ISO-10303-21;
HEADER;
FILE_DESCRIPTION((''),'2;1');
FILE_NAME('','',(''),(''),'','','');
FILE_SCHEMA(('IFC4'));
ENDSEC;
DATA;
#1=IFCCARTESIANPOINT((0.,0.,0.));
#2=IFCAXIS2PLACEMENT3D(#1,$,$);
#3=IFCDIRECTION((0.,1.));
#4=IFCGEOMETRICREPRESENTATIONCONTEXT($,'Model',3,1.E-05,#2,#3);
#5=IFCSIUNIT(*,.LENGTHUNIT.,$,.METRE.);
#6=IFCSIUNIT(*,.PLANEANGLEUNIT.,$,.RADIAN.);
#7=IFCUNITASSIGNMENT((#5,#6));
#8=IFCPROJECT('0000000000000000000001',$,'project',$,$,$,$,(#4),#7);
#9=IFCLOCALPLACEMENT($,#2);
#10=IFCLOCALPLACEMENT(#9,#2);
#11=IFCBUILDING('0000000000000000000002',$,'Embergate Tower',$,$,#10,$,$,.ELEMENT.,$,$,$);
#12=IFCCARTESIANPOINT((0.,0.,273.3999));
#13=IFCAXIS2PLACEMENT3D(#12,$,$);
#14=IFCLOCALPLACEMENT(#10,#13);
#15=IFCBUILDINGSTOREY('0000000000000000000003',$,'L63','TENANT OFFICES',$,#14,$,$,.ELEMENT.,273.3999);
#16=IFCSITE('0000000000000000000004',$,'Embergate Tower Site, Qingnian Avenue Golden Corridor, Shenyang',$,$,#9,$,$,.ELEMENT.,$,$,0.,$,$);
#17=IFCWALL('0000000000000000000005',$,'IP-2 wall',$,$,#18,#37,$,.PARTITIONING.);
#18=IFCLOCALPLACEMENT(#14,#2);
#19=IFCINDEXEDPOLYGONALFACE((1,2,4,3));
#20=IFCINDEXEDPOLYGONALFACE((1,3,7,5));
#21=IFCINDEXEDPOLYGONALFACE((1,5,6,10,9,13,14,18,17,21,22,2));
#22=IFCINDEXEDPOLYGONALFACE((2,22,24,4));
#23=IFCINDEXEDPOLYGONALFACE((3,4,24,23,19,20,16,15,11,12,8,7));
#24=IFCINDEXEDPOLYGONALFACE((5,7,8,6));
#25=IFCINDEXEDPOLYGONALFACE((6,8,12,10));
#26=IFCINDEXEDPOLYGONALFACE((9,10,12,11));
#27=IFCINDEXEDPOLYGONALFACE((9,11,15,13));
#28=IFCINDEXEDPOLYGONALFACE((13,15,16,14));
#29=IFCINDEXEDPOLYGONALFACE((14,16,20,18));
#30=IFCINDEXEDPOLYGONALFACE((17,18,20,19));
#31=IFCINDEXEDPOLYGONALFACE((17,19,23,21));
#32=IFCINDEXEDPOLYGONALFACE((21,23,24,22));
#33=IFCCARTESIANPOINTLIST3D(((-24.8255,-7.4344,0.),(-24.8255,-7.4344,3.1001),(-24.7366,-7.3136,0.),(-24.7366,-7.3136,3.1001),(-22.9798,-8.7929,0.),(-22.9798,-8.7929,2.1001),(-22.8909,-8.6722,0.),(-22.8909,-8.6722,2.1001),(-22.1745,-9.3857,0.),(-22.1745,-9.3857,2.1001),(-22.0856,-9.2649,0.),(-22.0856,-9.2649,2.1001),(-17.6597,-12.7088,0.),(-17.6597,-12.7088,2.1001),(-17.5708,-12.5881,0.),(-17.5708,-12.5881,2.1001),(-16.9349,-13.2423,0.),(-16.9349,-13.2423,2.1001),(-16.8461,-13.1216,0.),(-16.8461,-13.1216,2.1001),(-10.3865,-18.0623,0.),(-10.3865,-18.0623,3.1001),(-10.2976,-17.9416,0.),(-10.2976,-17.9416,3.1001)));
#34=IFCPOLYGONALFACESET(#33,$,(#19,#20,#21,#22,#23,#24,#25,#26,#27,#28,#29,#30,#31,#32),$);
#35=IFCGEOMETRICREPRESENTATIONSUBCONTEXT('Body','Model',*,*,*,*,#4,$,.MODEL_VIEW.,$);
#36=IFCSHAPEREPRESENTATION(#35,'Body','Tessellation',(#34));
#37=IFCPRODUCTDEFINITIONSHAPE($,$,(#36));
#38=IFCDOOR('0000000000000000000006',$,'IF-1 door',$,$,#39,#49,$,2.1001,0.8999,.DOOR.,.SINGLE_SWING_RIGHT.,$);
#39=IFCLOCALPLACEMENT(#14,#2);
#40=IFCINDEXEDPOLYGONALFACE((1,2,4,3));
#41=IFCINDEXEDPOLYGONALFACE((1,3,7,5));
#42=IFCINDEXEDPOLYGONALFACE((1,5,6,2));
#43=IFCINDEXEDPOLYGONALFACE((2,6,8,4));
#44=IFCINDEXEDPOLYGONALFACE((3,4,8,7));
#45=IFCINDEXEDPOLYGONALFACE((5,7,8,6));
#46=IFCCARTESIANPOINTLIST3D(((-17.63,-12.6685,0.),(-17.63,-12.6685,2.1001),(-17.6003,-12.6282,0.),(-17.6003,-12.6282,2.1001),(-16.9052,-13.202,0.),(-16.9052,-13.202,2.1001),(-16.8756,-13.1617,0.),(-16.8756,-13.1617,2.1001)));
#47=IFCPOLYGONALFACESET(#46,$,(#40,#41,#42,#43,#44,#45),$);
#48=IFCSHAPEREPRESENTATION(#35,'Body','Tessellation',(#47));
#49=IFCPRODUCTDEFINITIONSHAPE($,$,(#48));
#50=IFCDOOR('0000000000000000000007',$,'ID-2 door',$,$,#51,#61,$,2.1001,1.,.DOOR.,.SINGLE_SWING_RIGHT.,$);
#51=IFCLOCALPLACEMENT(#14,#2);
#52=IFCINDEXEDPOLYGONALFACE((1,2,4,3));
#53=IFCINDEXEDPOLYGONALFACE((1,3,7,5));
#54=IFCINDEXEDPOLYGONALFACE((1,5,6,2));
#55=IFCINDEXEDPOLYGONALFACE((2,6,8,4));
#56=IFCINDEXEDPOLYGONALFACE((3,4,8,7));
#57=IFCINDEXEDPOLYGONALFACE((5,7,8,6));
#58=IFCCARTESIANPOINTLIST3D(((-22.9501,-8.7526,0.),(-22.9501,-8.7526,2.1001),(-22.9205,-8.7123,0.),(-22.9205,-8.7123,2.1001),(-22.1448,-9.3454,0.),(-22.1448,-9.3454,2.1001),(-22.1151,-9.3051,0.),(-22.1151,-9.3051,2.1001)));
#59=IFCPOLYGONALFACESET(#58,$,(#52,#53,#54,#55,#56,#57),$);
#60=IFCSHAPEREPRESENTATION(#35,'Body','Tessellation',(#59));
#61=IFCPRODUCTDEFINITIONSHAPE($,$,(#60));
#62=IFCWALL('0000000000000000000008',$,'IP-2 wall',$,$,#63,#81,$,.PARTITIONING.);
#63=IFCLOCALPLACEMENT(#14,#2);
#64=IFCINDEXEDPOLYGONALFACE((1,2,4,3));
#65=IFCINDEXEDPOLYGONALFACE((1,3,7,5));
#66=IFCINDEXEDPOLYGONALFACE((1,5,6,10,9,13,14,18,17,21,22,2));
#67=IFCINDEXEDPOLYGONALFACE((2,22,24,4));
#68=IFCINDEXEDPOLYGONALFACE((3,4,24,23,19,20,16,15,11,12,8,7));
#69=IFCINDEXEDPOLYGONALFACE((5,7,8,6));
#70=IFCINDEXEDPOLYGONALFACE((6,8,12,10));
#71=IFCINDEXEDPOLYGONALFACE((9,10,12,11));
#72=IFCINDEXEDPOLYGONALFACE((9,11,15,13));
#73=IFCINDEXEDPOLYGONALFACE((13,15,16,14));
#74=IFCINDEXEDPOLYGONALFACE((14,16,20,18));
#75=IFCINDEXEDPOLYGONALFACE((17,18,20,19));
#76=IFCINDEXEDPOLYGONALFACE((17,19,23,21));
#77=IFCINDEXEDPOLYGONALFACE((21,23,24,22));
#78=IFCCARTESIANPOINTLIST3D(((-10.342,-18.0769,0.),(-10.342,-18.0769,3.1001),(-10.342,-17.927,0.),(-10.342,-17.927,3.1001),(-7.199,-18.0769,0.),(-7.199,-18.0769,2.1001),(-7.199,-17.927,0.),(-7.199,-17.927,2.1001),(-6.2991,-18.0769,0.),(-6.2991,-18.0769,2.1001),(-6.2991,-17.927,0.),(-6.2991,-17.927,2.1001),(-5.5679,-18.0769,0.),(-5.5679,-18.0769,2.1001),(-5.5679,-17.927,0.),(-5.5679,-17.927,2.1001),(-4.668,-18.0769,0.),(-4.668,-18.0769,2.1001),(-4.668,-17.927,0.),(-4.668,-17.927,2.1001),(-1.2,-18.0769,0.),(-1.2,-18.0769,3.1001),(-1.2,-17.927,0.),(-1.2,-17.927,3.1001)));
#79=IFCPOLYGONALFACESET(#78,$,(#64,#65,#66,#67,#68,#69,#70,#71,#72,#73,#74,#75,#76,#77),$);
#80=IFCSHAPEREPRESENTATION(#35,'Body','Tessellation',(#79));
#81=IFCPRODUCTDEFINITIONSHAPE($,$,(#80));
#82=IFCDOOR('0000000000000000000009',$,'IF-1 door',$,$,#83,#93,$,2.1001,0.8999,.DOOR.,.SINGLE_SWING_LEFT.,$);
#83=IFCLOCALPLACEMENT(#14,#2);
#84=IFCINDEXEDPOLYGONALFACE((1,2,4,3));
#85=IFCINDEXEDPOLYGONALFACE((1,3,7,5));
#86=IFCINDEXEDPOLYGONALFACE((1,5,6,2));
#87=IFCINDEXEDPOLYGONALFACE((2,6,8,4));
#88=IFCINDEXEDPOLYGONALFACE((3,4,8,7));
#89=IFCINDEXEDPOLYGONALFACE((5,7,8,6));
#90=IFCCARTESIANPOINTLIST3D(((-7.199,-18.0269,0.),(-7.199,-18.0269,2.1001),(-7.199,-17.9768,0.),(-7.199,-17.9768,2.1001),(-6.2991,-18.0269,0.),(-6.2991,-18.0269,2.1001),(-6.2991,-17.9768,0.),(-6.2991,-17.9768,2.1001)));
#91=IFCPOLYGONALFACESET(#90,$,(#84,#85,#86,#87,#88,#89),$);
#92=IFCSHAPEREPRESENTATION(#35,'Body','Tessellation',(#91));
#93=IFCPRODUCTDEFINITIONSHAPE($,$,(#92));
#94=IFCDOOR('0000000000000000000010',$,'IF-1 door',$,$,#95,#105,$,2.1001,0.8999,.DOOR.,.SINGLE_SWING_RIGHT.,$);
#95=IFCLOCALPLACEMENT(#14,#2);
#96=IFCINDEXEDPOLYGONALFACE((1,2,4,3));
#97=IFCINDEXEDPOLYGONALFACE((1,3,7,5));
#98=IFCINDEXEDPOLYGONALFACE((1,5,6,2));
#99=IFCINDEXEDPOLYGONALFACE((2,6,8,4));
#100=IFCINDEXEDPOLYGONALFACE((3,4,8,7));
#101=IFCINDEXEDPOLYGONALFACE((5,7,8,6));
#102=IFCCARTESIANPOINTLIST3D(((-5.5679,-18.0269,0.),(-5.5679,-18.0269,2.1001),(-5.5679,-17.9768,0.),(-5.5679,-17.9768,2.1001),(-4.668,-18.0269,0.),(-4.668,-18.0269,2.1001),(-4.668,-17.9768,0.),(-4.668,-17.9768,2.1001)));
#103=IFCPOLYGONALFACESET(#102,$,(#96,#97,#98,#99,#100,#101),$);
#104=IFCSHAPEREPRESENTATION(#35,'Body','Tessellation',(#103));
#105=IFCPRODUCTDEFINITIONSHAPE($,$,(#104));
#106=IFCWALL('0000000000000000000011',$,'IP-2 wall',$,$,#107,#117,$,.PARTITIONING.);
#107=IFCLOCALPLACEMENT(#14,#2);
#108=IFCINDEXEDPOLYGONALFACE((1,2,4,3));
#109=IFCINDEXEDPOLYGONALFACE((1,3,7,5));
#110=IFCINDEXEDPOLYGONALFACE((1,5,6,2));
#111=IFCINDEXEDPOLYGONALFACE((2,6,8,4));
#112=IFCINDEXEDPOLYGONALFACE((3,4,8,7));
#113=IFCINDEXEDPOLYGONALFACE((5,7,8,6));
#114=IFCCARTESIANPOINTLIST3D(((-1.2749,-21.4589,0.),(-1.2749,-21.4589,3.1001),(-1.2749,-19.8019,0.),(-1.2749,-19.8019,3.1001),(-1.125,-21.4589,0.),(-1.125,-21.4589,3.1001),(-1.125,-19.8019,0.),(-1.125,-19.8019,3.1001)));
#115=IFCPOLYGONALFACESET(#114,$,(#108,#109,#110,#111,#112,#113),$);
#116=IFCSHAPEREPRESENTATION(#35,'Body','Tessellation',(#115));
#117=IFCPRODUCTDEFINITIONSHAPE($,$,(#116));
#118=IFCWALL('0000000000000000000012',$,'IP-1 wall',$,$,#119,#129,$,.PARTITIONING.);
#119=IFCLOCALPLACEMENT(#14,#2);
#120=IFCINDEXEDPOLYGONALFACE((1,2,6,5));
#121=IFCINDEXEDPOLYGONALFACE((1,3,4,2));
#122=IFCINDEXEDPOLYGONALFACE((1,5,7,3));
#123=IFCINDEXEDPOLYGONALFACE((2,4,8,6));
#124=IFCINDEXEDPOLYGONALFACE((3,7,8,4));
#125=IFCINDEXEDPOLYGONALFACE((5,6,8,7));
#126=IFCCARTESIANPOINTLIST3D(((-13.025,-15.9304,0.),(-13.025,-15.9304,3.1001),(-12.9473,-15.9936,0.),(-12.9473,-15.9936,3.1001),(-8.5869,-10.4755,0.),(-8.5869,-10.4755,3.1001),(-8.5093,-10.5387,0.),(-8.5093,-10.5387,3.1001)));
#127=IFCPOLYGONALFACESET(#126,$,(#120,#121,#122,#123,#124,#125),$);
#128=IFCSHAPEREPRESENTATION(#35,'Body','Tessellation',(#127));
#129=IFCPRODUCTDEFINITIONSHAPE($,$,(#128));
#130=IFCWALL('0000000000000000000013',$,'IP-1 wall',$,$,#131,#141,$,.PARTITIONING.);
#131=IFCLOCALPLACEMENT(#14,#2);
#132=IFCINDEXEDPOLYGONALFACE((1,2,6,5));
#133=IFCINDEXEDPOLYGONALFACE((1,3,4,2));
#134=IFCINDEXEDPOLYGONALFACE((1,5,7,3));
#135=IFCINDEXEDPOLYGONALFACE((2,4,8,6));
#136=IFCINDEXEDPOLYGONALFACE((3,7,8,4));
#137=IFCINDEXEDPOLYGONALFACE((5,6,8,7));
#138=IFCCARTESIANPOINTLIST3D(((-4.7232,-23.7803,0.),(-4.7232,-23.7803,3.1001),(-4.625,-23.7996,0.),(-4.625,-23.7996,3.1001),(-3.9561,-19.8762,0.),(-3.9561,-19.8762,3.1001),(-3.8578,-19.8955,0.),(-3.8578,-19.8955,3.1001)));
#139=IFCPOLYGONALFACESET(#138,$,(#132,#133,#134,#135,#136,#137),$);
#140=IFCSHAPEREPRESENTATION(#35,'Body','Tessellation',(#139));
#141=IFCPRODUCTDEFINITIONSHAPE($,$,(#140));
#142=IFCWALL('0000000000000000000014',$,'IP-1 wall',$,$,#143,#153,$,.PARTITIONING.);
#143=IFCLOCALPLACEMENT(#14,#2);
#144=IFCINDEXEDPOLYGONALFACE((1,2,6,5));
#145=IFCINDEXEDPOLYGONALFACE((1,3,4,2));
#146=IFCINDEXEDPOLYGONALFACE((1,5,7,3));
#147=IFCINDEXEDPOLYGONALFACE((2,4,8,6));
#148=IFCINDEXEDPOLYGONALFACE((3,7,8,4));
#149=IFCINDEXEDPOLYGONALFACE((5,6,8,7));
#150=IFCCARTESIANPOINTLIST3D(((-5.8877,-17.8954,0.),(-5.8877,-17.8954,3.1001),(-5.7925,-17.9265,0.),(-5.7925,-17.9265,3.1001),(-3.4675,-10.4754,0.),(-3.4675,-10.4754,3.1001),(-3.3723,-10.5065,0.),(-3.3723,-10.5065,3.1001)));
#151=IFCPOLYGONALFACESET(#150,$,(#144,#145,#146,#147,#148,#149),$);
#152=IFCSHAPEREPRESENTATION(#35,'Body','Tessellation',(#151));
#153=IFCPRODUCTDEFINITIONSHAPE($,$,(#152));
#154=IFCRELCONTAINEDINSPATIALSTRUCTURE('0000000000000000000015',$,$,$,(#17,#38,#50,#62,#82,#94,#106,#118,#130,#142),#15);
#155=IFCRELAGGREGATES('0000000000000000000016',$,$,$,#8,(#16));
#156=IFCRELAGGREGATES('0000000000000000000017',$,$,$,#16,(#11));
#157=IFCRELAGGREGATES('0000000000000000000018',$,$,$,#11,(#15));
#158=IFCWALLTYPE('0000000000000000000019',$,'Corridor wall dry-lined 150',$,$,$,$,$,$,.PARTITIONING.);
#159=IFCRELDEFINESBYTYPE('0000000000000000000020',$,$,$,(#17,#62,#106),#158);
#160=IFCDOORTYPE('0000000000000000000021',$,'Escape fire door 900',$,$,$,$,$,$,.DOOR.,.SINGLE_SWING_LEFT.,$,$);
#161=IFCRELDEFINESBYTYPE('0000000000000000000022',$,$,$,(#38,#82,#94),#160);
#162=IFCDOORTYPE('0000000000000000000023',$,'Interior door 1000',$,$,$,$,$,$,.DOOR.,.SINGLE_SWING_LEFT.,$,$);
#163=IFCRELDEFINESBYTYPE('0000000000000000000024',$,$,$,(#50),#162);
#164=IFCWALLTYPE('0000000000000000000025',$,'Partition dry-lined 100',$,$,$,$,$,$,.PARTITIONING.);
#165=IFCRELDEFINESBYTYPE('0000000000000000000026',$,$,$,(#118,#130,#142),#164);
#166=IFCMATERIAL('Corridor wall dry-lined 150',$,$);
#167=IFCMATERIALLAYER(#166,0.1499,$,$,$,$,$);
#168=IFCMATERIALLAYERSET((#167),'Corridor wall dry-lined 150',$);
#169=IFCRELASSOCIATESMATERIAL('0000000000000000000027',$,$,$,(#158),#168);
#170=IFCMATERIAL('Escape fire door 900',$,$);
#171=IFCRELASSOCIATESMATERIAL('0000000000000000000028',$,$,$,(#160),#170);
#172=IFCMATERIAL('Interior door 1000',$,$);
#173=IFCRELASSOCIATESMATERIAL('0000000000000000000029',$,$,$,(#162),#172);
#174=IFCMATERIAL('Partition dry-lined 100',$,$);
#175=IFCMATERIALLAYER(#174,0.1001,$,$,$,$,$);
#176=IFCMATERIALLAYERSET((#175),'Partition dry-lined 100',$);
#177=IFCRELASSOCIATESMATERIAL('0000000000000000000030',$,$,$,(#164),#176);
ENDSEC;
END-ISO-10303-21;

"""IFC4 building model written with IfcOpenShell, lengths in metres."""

from ifc_helpers import new_model, si_unit, direction, frame, frame_2d, origin, place, context, subcontext, project, spatial, rectangle, extrude, source, transform, mapped, material, layer, layer_set, type_object, element, fill, save


model = new_model("IFC4")

# Units and contexts
model_context = context("Model", 3, precision=1e-05, world=origin(), true_north=direction((0.0, 1.0)))
body_context = subcontext(model_context, "Body", "Model", "MODEL_VIEW")
ifc_project = project(units=[si_unit("LENGTHUNIT", "METRE"), si_unit("PLANEANGLEUNIT", "RADIAN")], contexts=[model_context])

# Site, building, storey
site_placement = place(None, origin())
site = spatial("IfcSite", under=ifc_project, at=site_placement, Name="Embergate Tower Site, Qingnian Avenue Golden Corridor, Shenyang", CompositionType="ELEMENT", RefElevation=0.0)
building_placement = place(site_placement, origin())
building = spatial("IfcBuilding", under=site, at=building_placement, Name="Embergate Tower", CompositionType="ELEMENT")
storey_placement = place(building_placement, frame((0.0, 0.0, 273.3999)))
storey = spatial("IfcBuildingStorey", under=building, at=storey_placement, Name="L63", Description="TENANT OFFICES", CompositionType="ELEMENT", Elevation=273.3999)

# Walls, openings, doors
ifc_material_1 = material(Name="Corridor wall dry-lined 150")
ifc_layer_1 = layer(ifc_material_1, 0.1499)
ifc_layer_set_1 = layer_set([ifc_layer_1], Name="Corridor wall dry-lined 150")
wall_type_1 = type_object("IfcWallType", Name="Corridor wall dry-lined 150", PredefinedType="PARTITIONING", material=ifc_layer_set_1)
shared_shape_1 = source(origin(), body_context, "Body", "SweptSolid", [
    extrude(rectangle(XDim=0.8999, YDim=2.1001, at=frame_2d((0.45, 1.05))), frame((0.0, 0.085, 0.0), z_axis=(0.0, -1.0, 0.0), x_axis=(1.0, 0.0, 0.0)), (0.0, 0.0, 1.0), 0.1699),
])
ifc_material_2 = material(Name="Escape fire door 900")
door_type_1 = type_object("IfcDoorType", Name="Escape fire door 900", OperationType="SINGLE_SWING_LEFT", PredefinedType="DOOR", material=ifc_material_2)
shared_shape_2 = source(origin(), body_context, "Body", "SweptSolid", [
    extrude(rectangle(XDim=0.8999, YDim=2.1001, at=frame_2d((0.45, 1.05))), frame((0.0, 0.0249, 0.0), z_axis=(0.0, -1.0, 0.0), x_axis=(1.0, 0.0, 0.0)), (0.0, 0.0, 1.0), 0.05),
])
shared_shape_3 = source(origin(), body_context, "Body", "SweptSolid", [
    extrude(rectangle(XDim=17.9287, YDim=0.1499, at=frame_2d((8.9644, 0.0))), origin(), (0.0, 0.0, 1.0), 3.1001),
])
wall_1_placement = place(storey_placement, frame((-10.342, -18.002, 0.0), z_axis=(0.0, 0.0, 1.0), x_axis=(-0.805357, 0.59279, 0.0)))
wall_1 = element("IfcWall", 1, at=wall_1_placement, inside=storey, type_object=wall_type_1, Name="IP-2 wall", PredefinedType="PARTITIONING", context=body_context, shape_type="MappedRepresentation", body=[
    mapped(shared_shape_3, transform((0.0, 0.0, 0.0))),
])
opening_1_placement = place(wall_1_placement, frame((8.1311, 0.0, 0.0)))
opening_1 = element("IfcOpeningElement", 2, at=opening_1_placement, cuts=wall_1, PredefinedType="OPENING", context=body_context, shape_type="MappedRepresentation", body=[
    mapped(shared_shape_1, transform((0.0, 0.0, 0.0))),
])
shared_shape_4 = source(origin(), body_context, "Body", "SweptSolid", [
    extrude(rectangle(XDim=1.0, YDim=2.1001, at=frame_2d((0.5, 1.05))), frame((0.0, 0.085, 0.0), z_axis=(0.0, -1.0, 0.0), x_axis=(1.0, 0.0, 0.0)), (0.0, 0.0, 1.0), 0.1699),
])
opening_2_placement = place(wall_1_placement, frame((14.637, 0.0, 0.0)))
opening_2 = element("IfcOpeningElement", 3, at=opening_2_placement, cuts=wall_1, PredefinedType="OPENING", context=body_context, shape_type="MappedRepresentation", body=[
    mapped(shared_shape_4, transform((0.0, 0.0, 0.0))),
])
door_1_placement = place(opening_1_placement, origin())
door_1 = element("IfcDoor", 4, at=door_1_placement, inside=storey, type_object=door_type_1, Name="IF-1 door", OperationType="SINGLE_SWING_RIGHT", OverallHeight=2.1001, OverallWidth=0.8999, PredefinedType="DOOR", context=body_context, shape_type="MappedRepresentation", body=[
    mapped(shared_shape_2, transform((0.0, 0.0, 0.0))),
])
fill(opening_1, door_1)
ifc_material_3 = material(Name="Interior door 1000")
door_type_2 = type_object("IfcDoorType", Name="Interior door 1000", OperationType="SINGLE_SWING_LEFT", PredefinedType="DOOR", material=ifc_material_3)
shared_shape_5 = source(origin(), body_context, "Body", "SweptSolid", [
    extrude(rectangle(XDim=1.0, YDim=2.1001, at=frame_2d((0.5, 1.05))), frame((0.0, 0.0249, 0.0), z_axis=(0.0, -1.0, 0.0), x_axis=(1.0, 0.0, 0.0)), (0.0, 0.0, 1.0), 0.05),
])
door_2_placement = place(opening_2_placement, origin())
door_2 = element("IfcDoor", 5, at=door_2_placement, inside=storey, type_object=door_type_2, Name="ID-2 door", OperationType="SINGLE_SWING_RIGHT", OverallHeight=2.1001, OverallWidth=1.0, PredefinedType="DOOR", context=body_context, shape_type="MappedRepresentation", body=[
    mapped(shared_shape_5, transform((0.0, 0.0, 0.0))),
])
fill(opening_2, door_2)
shared_shape_6 = source(origin(), body_context, "Body", "SweptSolid", [
    extrude(rectangle(XDim=9.1421, YDim=0.1499, at=frame_2d((4.571, 0.0))), origin(), (0.0, 0.0, 1.0), 3.1001),
])
wall_2_placement = place(storey_placement, frame((-1.2, -18.002, 0.0), z_axis=(0.0, 0.0, 1.0), x_axis=(-1.0, 0.0, 0.0)))
wall_2 = element("IfcWall", 6, at=wall_2_placement, inside=storey, type_object=wall_type_1, Name="IP-2 wall", PredefinedType="PARTITIONING", context=body_context, shape_type="MappedRepresentation", body=[
    mapped(shared_shape_6, transform((0.0, 0.0, 0.0))),
])
opening_3_placement = place(wall_2_placement, frame((5.0991, 0.0, 0.0)))
opening_3 = element("IfcOpeningElement", 7, at=opening_3_placement, cuts=wall_2, PredefinedType="OPENING", context=body_context, shape_type="MappedRepresentation", body=[
    mapped(shared_shape_1, transform((0.0, 0.0, 0.0))),
])
opening_4_placement = place(wall_2_placement, frame((3.468, 0.0, 0.0)))
opening_4 = element("IfcOpeningElement", 8, at=opening_4_placement, cuts=wall_2, PredefinedType="OPENING", context=body_context, shape_type="MappedRepresentation", body=[
    mapped(shared_shape_1, transform((0.0, 0.0, 0.0))),
])
door_3_placement = place(opening_3_placement, origin())
door_3 = element("IfcDoor", 9, at=door_3_placement, inside=storey, type_object=door_type_1, Name="IF-1 door", OperationType="SINGLE_SWING_LEFT", OverallHeight=2.1001, OverallWidth=0.8999, PredefinedType="DOOR", context=body_context, shape_type="MappedRepresentation", body=[
    mapped(shared_shape_2, transform((0.0, 0.0, 0.0))),
])
fill(opening_3, door_3)
door_4_placement = place(opening_4_placement, origin())
door_4 = element("IfcDoor", 10, at=door_4_placement, inside=storey, type_object=door_type_1, Name="IF-1 door", OperationType="SINGLE_SWING_RIGHT", OverallHeight=2.1001, OverallWidth=0.8999, PredefinedType="DOOR", context=body_context, shape_type="MappedRepresentation", body=[
    mapped(shared_shape_2, transform((0.0, 0.0, 0.0))),
])
fill(opening_4, door_4)

# Walls
shared_shape_7 = source(origin(), body_context, "Body", "SweptSolid", [
    extrude(rectangle(XDim=1.657, YDim=0.1499, at=frame_2d((0.8286, 0.0))), origin(), (0.0, 0.0, 1.0), 3.1001),
])
wall_3_placement = place(storey_placement, frame((-1.2, -21.459, 0.0), z_axis=(0.0, 0.0, 1.0), x_axis=(0.0, 1.0, 0.0)))
element("IfcWall", 11, at=wall_3_placement, inside=storey, type_object=wall_type_1, Name="IP-2 wall", PredefinedType="PARTITIONING", context=body_context, shape_type="MappedRepresentation", body=[
    mapped(shared_shape_7, transform((0.0, 0.0, 0.0))),
])
ifc_material_4 = material(Name="Partition dry-lined 100")
ifc_layer_2 = layer(ifc_material_4, 0.1001)
ifc_layer_set_2 = layer_set([ifc_layer_2], Name="Partition dry-lined 100")
wall_type_2 = type_object("IfcWallType", Name="Partition dry-lined 100", PredefinedType="PARTITIONING", material=ifc_layer_set_2)
shared_shape_8 = source(origin(), body_context, "Body", "SweptSolid", [
    extrude(rectangle(XDim=7.0322, YDim=0.1001, at=frame_2d((3.5161, 0.0))), origin(), (0.0, 0.0, 1.0), 3.1001),
])
wall_4_placement = place(storey_placement, frame((-8.5481, -10.5071, 0.0), z_axis=(0.0, 0.0, 1.0), x_axis=(-0.631101, -0.775701, 0.0)))
element("IfcWall", 12, at=wall_4_placement, inside=storey, type_object=wall_type_2, Name="IP-1 wall", PredefinedType="PARTITIONING", context=body_context, shape_type="MappedRepresentation", body=[
    mapped(shared_shape_8, transform((0.0, 0.0, 0.0))),
])
shared_shape_9 = source(origin(), body_context, "Body", "SweptSolid", [
    extrude(rectangle(XDim=3.9788, YDim=0.1001, at=frame_2d((1.9893, 0.0))), origin(), (0.0, 0.0, 1.0), 3.1001),
])
wall_5_placement = place(storey_placement, frame((-3.907, -19.886, 0.0), z_axis=(0.0, 0.0, 1.0), x_axis=(-0.192799, -0.981238, 0.0)))
element("IfcWall", 13, at=wall_5_placement, inside=storey, type_object=wall_type_2, Name="IP-1 wall", PredefinedType="PARTITIONING", context=body_context, shape_type="MappedRepresentation", body=[
    mapped(shared_shape_9, transform((0.0, 0.0, 0.0))),
])
shared_shape_10 = source(origin(), body_context, "Body", "SweptSolid", [
    extrude(rectangle(XDim=7.8047, YDim=0.1001, at=frame_2d((3.9023, 0.0))), origin(), (0.0, 0.0, 1.0), 3.1001),
])
wall_6_placement = place(storey_placement, frame((-3.4199, -10.491, 0.0), z_axis=(0.0, 0.0, 1.0), x_axis=(-0.310093, -0.950706, 0.0)))
element("IfcWall", 14, at=wall_6_placement, inside=storey, type_object=wall_type_2, Name="IP-1 wall", PredefinedType="PARTITIONING", context=body_context, shape_type="MappedRepresentation", body=[
    mapped(shared_shape_10, transform((0.0, 0.0, 0.0))),
])

save(model, "model.ifc")
